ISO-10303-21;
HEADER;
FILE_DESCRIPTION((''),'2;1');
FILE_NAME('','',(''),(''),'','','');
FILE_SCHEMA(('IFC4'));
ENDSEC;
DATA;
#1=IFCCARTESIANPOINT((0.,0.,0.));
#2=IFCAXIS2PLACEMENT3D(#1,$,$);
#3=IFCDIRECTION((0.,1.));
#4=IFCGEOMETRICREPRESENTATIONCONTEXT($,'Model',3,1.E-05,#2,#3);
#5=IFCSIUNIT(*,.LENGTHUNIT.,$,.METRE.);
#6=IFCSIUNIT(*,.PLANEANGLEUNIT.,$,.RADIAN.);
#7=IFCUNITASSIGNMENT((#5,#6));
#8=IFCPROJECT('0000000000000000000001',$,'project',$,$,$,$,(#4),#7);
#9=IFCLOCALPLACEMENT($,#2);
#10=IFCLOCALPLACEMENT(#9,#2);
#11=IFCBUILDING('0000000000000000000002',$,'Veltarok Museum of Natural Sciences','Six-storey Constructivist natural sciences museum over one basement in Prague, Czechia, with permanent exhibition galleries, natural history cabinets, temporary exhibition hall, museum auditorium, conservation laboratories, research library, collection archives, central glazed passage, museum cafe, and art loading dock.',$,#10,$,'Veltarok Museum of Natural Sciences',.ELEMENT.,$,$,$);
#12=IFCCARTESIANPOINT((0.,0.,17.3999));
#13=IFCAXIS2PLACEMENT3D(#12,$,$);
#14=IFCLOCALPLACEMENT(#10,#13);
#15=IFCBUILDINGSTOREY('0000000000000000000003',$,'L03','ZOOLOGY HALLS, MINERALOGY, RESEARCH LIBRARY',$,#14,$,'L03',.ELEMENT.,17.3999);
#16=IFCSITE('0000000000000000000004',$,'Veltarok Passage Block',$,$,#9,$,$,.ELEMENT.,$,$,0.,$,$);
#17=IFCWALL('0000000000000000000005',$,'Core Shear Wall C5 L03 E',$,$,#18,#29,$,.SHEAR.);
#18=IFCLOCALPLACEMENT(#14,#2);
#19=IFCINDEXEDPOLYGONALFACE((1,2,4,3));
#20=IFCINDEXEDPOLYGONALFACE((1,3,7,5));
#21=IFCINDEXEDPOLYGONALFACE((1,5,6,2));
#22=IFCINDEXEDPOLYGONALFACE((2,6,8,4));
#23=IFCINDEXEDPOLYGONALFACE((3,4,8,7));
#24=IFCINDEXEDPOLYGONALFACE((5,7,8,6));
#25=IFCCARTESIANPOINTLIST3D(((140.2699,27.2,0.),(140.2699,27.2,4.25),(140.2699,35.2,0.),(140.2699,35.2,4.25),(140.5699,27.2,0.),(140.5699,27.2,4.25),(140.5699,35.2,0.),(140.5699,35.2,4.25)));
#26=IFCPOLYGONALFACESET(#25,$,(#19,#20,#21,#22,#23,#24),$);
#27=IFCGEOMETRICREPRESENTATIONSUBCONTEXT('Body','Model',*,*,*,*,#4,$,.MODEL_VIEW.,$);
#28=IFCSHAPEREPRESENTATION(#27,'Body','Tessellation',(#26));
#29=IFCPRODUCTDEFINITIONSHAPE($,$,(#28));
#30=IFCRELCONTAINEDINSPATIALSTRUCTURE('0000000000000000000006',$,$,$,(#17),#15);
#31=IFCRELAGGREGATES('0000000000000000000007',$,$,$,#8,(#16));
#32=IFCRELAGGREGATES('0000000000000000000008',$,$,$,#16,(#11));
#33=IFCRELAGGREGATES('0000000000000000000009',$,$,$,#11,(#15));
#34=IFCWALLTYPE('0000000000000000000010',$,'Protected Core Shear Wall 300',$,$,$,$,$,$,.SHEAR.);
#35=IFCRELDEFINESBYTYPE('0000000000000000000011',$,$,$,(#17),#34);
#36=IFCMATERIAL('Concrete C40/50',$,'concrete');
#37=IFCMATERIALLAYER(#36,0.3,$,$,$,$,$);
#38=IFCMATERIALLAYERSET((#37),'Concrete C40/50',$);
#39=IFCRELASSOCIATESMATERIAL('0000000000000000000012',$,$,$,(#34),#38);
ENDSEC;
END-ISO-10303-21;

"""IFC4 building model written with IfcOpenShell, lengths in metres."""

from ifc_helpers import new_model, si_unit, direction, frame, frame_2d, origin, place, context, subcontext, project, spatial, rectangle, extrude, material, layer, layer_set, type_object, element, save


model = new_model("IFC4")

# Units and contexts
model_context = context("Model", 3, precision=1e-05, world=origin(), true_north=direction((0.0, 1.0)))
body_context = subcontext(model_context, "Body", "Model", "MODEL_VIEW")
ifc_project = project(units=[si_unit("LENGTHUNIT", "METRE"), si_unit("PLANEANGLEUNIT", "RADIAN")], contexts=[model_context])

# Site, building, storey
site_placement = place(None, origin())
site = spatial("IfcSite", under=ifc_project, at=site_placement, Name="Veltarok Passage Block", CompositionType="ELEMENT", RefElevation=0.0)
building_placement = place(site_placement, origin())
building = spatial("IfcBuilding", under=site, at=building_placement, Name="Veltarok Museum of Natural Sciences", Description="Six-storey Constructivist natural sciences museum over one basement in Prague, Czechia, with permanent exhibition galleries, natural history cabinets, temporary exhibition hall, museum auditorium, conservation laboratories, research library, collection archives, central glazed passage, museum cafe, and art loading dock.", LongName="Veltarok Museum of Natural Sciences", CompositionType="ELEMENT")
storey_placement = place(building_placement, frame((0.0, 0.0, 17.3999)))
storey = spatial("IfcBuildingStorey", under=building, at=storey_placement, Name="L03", Description="ZOOLOGY HALLS, MINERALOGY, RESEARCH LIBRARY", LongName="L03", CompositionType="ELEMENT", Elevation=17.3999)

# Shared definitions
ifc_material_1 = material(Name="Concrete C40/50", Category="concrete")

# Shared definitions
ifc_layer_1 = layer(ifc_material_1, 0.3)
ifc_layer_set_1 = layer_set([ifc_layer_1], Name="Concrete C40/50")
wall_type_1 = type_object("IfcWallType", Name="Protected Core Shear Wall 300", PredefinedType="SHEAR", material=ifc_layer_set_1)

# Wall
wall_1_placement = place(storey_placement, frame((140.4199, 27.2, 0.0), z_axis=(0.0, 0.0, 1.0), x_axis=(0.0, 1.0, 0.0)))
element("IfcWall", 1, at=wall_1_placement, inside=storey, type_object=wall_type_1, Name="Core Shear Wall C5 L03 E", PredefinedType="SHEAR", context=body_context, shape_type="SweptSolid", body=[
    extrude(rectangle(XDim=8.0, YDim=0.3, at=frame_2d((4.0, 0.0))), origin(), (0.0, 0.0, 1.0), 4.25),
])

save(model, "model.ifc")
